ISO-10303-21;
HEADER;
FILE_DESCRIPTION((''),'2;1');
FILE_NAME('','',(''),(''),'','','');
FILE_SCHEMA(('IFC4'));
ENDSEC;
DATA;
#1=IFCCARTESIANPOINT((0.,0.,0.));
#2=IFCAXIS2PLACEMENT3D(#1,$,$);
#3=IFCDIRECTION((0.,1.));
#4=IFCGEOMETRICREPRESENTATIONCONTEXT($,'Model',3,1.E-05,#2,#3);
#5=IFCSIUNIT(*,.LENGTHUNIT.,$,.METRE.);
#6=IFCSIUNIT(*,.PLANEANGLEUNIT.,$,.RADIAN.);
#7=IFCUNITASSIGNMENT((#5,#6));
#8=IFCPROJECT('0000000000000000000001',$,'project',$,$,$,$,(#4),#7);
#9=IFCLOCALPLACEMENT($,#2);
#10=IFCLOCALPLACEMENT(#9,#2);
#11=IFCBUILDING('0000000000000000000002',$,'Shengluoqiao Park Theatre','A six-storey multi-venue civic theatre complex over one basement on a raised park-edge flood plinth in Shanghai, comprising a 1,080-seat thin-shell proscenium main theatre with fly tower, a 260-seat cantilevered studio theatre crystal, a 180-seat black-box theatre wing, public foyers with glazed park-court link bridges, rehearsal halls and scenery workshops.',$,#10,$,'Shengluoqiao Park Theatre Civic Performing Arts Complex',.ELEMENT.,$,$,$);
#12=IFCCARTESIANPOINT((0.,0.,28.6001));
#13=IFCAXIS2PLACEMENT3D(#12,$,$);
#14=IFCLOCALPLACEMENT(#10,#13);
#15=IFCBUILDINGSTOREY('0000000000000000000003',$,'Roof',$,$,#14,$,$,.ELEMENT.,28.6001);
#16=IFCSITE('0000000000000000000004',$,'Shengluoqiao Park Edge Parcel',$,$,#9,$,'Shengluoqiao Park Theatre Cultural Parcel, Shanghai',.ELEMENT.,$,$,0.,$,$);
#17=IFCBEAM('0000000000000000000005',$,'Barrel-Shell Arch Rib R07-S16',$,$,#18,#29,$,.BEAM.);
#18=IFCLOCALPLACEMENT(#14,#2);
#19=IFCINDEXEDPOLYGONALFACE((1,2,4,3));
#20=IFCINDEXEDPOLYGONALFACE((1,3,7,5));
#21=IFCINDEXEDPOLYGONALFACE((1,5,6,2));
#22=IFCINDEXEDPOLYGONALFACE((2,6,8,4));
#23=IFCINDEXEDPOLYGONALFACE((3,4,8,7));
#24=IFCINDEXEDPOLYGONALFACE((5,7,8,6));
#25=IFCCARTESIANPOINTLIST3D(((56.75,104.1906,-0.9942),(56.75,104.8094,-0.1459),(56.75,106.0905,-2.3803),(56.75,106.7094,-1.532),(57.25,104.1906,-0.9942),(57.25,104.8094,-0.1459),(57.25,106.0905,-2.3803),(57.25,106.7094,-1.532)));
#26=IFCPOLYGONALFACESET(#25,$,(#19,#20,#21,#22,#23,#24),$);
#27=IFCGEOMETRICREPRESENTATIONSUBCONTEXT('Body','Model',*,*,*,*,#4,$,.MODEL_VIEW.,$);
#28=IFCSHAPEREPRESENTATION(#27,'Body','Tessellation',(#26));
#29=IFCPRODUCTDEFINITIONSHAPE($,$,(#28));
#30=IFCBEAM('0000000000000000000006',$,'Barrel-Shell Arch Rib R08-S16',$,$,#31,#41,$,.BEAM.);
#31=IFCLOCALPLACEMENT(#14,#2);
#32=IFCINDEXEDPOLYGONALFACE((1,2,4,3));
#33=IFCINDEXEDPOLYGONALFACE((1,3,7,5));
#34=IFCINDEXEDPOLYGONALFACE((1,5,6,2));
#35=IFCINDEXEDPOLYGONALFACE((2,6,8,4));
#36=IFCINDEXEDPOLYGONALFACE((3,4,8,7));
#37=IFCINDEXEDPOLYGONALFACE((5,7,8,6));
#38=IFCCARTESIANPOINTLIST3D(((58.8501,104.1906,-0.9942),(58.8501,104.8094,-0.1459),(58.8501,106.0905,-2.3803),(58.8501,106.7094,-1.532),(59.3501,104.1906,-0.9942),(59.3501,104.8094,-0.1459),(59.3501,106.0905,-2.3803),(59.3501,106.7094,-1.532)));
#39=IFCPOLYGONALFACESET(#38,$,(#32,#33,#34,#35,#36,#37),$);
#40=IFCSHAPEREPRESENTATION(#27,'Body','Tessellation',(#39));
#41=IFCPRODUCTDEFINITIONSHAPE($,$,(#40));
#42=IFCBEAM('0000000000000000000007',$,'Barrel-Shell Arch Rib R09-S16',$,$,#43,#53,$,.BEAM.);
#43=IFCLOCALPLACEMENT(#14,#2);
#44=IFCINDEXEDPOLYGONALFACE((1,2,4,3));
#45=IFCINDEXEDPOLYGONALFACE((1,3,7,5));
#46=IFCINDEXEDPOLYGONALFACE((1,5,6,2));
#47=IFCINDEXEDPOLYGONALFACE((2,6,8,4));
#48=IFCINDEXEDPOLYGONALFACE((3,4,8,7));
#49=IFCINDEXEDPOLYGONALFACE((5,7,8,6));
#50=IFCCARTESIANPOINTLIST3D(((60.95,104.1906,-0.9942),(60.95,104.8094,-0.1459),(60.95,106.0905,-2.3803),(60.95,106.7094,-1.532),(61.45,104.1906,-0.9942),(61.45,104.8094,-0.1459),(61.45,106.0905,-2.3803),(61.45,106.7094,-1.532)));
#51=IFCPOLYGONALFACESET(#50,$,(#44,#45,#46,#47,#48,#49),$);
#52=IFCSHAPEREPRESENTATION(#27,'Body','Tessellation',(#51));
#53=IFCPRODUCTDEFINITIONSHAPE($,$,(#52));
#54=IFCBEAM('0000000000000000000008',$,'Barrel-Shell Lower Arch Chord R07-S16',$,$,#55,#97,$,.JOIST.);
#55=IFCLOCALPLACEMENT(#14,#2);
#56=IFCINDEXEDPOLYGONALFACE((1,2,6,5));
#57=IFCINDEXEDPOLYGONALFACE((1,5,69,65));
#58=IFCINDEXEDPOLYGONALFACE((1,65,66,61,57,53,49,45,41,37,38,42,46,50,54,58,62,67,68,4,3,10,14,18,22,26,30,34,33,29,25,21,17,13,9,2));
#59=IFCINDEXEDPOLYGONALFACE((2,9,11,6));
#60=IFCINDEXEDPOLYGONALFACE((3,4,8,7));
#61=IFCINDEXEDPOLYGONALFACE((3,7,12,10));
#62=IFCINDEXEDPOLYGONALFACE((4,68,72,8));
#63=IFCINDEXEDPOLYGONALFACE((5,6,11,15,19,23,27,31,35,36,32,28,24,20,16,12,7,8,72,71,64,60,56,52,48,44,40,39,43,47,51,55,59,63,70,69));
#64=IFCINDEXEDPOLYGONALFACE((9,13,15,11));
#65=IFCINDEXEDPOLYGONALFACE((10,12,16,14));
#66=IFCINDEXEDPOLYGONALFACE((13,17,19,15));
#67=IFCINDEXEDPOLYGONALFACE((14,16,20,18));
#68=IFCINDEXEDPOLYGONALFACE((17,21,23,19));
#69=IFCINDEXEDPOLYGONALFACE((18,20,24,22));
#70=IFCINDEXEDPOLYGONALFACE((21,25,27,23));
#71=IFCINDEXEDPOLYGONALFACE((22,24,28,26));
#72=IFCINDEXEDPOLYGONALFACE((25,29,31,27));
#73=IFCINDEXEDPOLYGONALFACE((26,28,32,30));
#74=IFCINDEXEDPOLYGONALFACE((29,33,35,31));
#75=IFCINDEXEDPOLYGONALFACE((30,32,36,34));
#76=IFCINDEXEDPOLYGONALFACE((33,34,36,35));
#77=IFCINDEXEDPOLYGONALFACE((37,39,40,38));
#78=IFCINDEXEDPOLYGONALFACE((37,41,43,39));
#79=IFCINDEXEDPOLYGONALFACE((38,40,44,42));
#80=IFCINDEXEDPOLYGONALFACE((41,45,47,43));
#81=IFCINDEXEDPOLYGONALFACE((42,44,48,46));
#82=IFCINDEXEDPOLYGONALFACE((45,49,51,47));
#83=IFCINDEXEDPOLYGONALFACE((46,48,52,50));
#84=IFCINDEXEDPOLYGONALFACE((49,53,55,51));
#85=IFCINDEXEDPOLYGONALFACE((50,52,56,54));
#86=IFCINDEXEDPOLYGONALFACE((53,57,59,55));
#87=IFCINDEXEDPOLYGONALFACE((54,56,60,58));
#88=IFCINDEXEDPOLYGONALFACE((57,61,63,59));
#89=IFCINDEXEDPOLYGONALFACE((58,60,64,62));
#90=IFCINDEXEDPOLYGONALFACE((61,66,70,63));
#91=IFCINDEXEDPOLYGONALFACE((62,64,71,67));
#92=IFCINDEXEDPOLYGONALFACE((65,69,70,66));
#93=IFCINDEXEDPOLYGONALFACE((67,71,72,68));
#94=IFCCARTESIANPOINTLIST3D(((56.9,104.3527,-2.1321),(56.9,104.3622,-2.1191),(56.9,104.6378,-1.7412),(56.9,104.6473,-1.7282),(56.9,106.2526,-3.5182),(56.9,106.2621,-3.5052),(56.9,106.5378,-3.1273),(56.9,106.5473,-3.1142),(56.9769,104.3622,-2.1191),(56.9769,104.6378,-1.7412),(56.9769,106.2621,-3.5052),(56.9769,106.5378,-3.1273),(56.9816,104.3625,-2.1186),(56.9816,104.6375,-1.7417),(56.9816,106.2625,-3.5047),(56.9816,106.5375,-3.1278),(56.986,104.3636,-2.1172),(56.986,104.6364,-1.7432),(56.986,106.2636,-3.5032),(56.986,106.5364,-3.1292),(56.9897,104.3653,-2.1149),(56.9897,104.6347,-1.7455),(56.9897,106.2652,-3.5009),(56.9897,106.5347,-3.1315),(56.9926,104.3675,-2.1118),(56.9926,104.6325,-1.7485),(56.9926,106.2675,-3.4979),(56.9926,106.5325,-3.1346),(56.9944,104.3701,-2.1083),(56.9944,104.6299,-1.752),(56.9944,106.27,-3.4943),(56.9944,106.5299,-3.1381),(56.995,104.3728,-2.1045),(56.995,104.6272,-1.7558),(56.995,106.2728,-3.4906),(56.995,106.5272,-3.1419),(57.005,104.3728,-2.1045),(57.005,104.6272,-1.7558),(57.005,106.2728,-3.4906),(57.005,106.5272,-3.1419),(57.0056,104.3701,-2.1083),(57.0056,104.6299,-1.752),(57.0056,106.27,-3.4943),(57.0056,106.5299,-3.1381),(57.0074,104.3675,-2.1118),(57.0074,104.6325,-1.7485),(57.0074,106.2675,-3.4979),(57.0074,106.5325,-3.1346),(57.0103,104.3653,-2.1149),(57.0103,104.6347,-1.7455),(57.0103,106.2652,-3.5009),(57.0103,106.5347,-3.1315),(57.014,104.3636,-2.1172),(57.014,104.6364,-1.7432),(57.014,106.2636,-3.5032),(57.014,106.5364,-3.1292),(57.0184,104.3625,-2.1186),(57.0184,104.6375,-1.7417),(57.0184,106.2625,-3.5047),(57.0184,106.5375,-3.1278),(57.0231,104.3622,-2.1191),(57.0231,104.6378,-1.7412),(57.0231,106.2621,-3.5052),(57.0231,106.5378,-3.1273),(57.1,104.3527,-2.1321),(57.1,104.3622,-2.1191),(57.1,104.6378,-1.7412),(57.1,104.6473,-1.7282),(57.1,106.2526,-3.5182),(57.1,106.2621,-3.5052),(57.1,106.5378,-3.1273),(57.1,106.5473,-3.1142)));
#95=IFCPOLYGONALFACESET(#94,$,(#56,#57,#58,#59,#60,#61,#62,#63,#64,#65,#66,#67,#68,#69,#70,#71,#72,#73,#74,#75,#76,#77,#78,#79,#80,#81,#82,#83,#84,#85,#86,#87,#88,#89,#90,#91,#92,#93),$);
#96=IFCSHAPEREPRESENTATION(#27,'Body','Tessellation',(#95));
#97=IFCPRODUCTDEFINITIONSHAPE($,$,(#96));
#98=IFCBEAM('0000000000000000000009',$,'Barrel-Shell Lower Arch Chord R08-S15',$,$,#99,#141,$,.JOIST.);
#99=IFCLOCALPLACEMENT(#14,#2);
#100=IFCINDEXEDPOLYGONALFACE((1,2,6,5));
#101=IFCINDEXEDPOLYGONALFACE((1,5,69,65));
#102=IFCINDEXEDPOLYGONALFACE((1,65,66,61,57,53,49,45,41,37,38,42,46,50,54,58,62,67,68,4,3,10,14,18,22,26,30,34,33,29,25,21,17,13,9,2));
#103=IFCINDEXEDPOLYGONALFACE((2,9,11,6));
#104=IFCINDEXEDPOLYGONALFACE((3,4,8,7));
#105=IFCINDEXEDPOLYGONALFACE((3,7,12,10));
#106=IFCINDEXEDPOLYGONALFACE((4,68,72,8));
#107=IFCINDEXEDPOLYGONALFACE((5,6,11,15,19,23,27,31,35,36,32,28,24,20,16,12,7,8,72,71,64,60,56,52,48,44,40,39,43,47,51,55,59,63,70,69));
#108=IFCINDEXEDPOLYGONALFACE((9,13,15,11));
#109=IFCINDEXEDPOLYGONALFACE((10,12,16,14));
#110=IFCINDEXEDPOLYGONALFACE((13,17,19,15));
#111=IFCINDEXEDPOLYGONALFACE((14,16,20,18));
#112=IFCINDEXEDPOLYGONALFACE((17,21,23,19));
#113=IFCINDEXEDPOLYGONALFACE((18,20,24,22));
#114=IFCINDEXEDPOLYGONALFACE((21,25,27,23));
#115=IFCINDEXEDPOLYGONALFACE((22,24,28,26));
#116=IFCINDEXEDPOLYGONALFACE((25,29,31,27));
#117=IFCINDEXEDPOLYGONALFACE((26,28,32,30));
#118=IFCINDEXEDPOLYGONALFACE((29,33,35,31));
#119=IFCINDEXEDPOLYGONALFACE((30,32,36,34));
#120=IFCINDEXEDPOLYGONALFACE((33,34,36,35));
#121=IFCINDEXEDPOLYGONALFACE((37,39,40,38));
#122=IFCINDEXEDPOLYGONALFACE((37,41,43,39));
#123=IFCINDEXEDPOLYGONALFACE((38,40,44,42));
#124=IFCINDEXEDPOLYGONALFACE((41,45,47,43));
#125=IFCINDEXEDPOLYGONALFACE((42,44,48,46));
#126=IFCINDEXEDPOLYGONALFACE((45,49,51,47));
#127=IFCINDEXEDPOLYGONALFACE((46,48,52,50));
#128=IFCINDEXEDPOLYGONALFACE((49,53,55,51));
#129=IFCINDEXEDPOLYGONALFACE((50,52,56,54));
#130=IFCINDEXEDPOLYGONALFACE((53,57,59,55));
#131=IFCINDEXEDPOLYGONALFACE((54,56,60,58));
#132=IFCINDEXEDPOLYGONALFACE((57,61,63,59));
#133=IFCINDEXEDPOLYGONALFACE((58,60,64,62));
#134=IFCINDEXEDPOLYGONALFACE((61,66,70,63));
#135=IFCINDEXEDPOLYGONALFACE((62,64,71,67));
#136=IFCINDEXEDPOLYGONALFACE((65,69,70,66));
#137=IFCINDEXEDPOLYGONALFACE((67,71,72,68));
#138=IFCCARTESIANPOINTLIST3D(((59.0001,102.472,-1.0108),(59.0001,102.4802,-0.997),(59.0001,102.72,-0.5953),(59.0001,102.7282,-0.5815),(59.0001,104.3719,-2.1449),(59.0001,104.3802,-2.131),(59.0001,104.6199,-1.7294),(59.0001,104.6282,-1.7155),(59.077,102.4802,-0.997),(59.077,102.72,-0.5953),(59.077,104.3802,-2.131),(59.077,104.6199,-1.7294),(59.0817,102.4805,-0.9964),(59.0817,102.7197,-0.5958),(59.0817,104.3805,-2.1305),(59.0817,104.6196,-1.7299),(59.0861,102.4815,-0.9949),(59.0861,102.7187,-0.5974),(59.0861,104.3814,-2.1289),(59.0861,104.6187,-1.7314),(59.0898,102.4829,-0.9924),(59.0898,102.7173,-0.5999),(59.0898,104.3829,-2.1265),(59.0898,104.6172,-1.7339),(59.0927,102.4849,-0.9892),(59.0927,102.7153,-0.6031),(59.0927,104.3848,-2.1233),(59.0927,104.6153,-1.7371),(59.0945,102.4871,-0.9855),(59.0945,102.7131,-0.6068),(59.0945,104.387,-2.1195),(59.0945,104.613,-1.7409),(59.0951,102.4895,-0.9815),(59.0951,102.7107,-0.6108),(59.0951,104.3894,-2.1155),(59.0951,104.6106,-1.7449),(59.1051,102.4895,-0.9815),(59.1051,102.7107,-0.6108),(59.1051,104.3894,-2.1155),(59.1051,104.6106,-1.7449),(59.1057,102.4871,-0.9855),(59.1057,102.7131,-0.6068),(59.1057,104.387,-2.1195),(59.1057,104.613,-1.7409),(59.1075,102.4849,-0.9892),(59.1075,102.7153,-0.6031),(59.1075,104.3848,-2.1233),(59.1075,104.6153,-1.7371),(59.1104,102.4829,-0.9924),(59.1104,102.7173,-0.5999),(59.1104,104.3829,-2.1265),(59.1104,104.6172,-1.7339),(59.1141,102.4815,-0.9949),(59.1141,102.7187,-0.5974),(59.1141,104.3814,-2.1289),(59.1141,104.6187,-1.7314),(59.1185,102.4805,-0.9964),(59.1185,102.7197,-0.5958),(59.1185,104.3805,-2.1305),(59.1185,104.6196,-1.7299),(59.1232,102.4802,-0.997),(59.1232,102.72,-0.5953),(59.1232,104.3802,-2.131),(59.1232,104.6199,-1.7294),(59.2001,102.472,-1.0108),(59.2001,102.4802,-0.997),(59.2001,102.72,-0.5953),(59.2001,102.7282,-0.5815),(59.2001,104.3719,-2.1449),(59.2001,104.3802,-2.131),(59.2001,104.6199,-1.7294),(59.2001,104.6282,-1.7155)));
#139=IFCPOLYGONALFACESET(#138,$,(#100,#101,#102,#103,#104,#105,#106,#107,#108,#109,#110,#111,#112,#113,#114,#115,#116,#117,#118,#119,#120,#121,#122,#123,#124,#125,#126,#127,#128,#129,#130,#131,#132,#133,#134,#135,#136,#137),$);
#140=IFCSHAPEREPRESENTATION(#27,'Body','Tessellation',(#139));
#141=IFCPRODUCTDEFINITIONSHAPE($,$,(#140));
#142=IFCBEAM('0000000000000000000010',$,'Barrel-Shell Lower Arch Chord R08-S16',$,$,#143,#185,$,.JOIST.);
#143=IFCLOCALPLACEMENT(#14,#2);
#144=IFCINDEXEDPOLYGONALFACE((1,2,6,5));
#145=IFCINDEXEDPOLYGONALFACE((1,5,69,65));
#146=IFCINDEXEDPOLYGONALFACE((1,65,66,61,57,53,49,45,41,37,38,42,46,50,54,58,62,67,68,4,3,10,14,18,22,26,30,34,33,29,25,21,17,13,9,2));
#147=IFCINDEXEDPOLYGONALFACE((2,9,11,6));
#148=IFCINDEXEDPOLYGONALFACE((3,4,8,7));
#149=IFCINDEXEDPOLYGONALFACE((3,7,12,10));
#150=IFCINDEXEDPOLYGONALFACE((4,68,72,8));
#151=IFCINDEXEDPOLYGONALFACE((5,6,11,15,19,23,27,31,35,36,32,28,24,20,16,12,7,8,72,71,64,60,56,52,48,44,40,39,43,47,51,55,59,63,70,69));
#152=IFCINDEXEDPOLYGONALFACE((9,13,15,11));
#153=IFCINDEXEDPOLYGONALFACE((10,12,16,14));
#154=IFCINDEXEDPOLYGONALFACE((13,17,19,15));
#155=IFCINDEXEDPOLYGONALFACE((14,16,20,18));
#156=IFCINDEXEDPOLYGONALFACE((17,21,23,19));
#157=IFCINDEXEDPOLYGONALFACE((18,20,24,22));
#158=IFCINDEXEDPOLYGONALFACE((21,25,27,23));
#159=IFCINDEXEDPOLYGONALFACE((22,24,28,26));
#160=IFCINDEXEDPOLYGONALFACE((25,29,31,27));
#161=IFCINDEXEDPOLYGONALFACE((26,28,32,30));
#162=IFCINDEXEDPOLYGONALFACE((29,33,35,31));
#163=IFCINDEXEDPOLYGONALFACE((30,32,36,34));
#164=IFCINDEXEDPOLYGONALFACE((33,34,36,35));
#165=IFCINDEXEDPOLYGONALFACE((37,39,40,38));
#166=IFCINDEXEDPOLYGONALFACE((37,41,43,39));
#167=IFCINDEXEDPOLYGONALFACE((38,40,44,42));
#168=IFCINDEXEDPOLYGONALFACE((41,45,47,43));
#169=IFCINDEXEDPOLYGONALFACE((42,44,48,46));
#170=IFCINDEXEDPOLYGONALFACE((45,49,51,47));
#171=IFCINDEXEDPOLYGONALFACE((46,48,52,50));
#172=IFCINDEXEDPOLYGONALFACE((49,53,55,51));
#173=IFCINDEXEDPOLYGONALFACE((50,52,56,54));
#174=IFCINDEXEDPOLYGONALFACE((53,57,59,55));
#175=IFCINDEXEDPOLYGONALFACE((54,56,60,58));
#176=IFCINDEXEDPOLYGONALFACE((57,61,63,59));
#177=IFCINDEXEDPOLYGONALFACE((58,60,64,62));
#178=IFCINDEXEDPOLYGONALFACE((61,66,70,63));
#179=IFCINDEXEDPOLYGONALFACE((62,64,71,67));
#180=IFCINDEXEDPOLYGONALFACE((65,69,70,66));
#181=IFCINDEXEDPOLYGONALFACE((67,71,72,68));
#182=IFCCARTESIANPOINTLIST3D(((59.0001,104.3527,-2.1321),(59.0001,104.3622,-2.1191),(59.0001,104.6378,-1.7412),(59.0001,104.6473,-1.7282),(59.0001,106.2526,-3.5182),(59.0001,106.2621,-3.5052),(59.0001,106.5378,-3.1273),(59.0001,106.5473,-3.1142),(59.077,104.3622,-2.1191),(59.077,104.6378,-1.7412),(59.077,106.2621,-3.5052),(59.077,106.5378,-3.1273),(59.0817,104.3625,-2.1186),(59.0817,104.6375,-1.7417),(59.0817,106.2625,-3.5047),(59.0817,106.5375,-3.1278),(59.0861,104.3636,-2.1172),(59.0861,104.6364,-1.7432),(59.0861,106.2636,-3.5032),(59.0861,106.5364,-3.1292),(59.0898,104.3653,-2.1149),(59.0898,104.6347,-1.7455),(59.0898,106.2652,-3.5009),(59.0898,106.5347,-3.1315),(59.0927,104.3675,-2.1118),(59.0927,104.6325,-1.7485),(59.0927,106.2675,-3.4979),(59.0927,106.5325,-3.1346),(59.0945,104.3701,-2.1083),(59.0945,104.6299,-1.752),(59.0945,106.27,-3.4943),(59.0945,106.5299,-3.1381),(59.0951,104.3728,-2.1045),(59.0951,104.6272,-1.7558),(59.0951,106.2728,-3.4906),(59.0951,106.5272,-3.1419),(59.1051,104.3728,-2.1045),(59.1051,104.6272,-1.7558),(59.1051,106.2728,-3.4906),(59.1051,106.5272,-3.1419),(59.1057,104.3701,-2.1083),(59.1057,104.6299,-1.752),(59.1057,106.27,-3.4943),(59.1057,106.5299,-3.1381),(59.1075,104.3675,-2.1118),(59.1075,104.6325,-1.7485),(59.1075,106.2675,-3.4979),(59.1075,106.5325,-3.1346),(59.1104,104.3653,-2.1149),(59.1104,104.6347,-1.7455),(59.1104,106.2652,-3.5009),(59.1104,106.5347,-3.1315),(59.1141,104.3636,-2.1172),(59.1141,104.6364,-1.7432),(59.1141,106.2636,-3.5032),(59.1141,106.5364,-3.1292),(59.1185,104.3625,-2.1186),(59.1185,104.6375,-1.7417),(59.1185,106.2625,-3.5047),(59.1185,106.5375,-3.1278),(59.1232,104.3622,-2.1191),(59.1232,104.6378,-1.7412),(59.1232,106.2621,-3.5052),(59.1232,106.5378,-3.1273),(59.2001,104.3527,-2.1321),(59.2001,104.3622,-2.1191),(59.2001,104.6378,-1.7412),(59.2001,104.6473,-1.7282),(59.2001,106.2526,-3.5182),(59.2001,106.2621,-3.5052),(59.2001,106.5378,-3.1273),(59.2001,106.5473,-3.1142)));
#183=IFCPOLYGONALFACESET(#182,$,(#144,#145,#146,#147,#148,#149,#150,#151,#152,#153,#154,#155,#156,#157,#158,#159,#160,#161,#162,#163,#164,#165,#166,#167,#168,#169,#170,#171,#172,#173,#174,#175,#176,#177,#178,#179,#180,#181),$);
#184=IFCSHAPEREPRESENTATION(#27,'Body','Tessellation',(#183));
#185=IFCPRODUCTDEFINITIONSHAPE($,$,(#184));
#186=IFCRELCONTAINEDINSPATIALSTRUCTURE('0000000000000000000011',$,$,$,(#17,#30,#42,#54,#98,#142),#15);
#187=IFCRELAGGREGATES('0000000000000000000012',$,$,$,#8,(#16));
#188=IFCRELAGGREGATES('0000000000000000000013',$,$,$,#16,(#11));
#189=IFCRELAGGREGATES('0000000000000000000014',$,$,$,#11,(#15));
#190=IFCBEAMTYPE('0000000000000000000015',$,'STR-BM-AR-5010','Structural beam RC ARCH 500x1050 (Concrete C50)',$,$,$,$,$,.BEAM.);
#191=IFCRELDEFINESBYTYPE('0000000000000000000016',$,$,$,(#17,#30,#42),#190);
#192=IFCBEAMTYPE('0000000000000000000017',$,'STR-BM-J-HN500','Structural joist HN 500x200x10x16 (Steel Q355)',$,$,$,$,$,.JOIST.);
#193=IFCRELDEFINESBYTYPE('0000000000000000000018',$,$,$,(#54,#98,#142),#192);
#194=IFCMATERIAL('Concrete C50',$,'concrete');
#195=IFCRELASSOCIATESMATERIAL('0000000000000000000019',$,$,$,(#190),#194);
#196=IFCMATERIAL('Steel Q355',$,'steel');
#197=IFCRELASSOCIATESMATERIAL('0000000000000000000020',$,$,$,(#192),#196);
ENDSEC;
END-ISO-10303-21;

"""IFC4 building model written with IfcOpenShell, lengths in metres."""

from ifc_helpers import new_model, si_unit, direction, frame, origin, origin_2d, place, context, subcontext, project, spatial, rectangle, i_section, extrude, material, material_profile, profile_set, type_object, element, save


model = new_model("IFC4")

# Units and contexts
model_context = context("Model", 3, precision=1e-05, world=origin(), true_north=direction((0.0, 1.0)))
body_context = subcontext(model_context, "Body", "Model", "MODEL_VIEW")
ifc_project = project(units=[si_unit("LENGTHUNIT", "METRE"), si_unit("PLANEANGLEUNIT", "RADIAN")], contexts=[model_context])

# Site, building, storey
site_placement = place(None, origin())
site = spatial("IfcSite", under=ifc_project, at=site_placement, Name="Shengluoqiao Park Edge Parcel", LongName="Shengluoqiao Park Theatre Cultural Parcel, Shanghai", CompositionType="ELEMENT", RefElevation=0.0)
building_placement = place(site_placement, origin())
building = spatial("IfcBuilding", under=site, at=building_placement, Name="Shengluoqiao Park Theatre", Description="A six-storey multi-venue civic theatre complex over one basement on a raised park-edge flood plinth in Shanghai, comprising a 1,080-seat thin-shell proscenium main theatre with fly tower, a 260-seat cantilevered studio theatre crystal, a 180-seat black-box theatre wing, public foyers with glazed park-court link bridges, rehearsal halls and scenery workshops.", LongName="Shengluoqiao Park Theatre Civic Performing Arts Complex", CompositionType="ELEMENT")
storey_placement = place(building_placement, frame((0.0, 0.0, 28.6001)))
storey = spatial("IfcBuildingStorey", under=building, at=storey_placement, Name="Roof", CompositionType="ELEMENT", Elevation=28.6001)

# Beams
ifc_material_1 = material(Name="Concrete C50", Category="concrete")
ifc_material_profile_1 = material_profile(ifc_material_1, rectangle(XDim=0.5, YDim=1.05, at=origin_2d()), Name="RC ARCH 500x1050")
ifc_profile_set_1 = profile_set([ifc_material_profile_1], Name="Concrete C50")
beam_type_1 = type_object("IfcBeamType", Name="STR-BM-AR-5010", Description="Structural beam RC ARCH 500x1050 (Concrete C50)", PredefinedType="BEAM", material=ifc_profile_set_1)
for number, where, z_axis, x_axis, name in (
    (1, (57.0, 104.5, -0.5701), (0.0, 0.807878, -0.58935), (-1.0, 0.0, 0.0), "Barrel-Shell Arch Rib R07-S16"),
    (2, (59.1001, 104.5, -0.5701), (0.0, 0.807878, -0.58935), (-1.0, 0.0, 0.0), "Barrel-Shell Arch Rib R08-S16"),
    (3, (61.2, 104.5, -0.5701), (0.0, 0.807878, -0.58935), (-1.0, 0.0, 0.0), "Barrel-Shell Arch Rib R09-S16"),
):
    element("IfcBeam", number, at=place(storey_placement, frame(where, z_axis=z_axis, x_axis=x_axis)), inside=storey, type_object=beam_type_1, Name=name, PredefinedType="BEAM", context=body_context, shape_type="SweptSolid", body=[
        extrude(rectangle(XDim=0.5, YDim=1.05, at=origin_2d()), origin(), (0.0, 0.0, 1.0), 2.3518),
    ])
ifc_material_2 = material(Name="Steel Q355", Category="steel")
ifc_material_profile_2 = material_profile(ifc_material_2, i_section(OverallWidth=0.2, OverallDepth=0.5, WebThickness=0.01, FlangeThickness=0.0161, FilletRadius=0.0181, at=origin_2d()), Name="HN 500x200x10x16")
ifc_profile_set_2 = profile_set([ifc_material_profile_2], Name="Steel Q355")
beam_type_2 = type_object("IfcBeamType", Name="STR-BM-J-HN500", Description="Structural joist HN 500x200x10x16 (Steel Q355)", PredefinedType="JOIST", material=ifc_profile_set_2)
beam_1_placement = place(storey_placement, frame((57.0, 104.5, -1.9302), z_axis=(0.0, 0.807878, -0.58935), x_axis=(-1.0, 0.0, 0.0)))
element("IfcBeam", 4, at=beam_1_placement, inside=storey, type_object=beam_type_2, Name="Barrel-Shell Lower Arch Chord R07-S16", PredefinedType="JOIST", context=body_context, shape_type="SweptSolid", body=[
    extrude(i_section(OverallWidth=0.2, OverallDepth=0.5, WebThickness=0.01, FlangeThickness=0.0161, FilletRadius=0.0181, at=origin_2d()), origin(), (0.0, 0.0, 1.0), 2.3518),
])
beam_2_placement = place(storey_placement, frame((59.1001, 102.6001, -0.7961), z_axis=(0.0, 0.858669, -0.512531), x_axis=(-1.0, 0.0, 0.0)))
element("IfcBeam", 5, at=beam_2_placement, inside=storey, type_object=beam_type_2, Name="Barrel-Shell Lower Arch Chord R08-S15", PredefinedType="JOIST", context=body_context, shape_type="SweptSolid", body=[
    extrude(i_section(OverallWidth=0.2, OverallDepth=0.5, WebThickness=0.01, FlangeThickness=0.0161, FilletRadius=0.0181, at=origin_2d()), origin(), (0.0, 0.0, 1.0), 2.2126),
])
beam_3_placement = place(storey_placement, frame((59.1001, 104.5, -1.9302), z_axis=(0.0, 0.807878, -0.58935), x_axis=(-1.0, 0.0, 0.0)))
element("IfcBeam", 6, at=beam_3_placement, inside=storey, type_object=beam_type_2, Name="Barrel-Shell Lower Arch Chord R08-S16", PredefinedType="JOIST", context=body_context, shape_type="SweptSolid", body=[
    extrude(i_section(OverallWidth=0.2, OverallDepth=0.5, WebThickness=0.01, FlangeThickness=0.0161, FilletRadius=0.0181, at=origin_2d()), origin(), (0.0, 0.0, 1.0), 2.3518),
])

save(model, "model.ifc")
